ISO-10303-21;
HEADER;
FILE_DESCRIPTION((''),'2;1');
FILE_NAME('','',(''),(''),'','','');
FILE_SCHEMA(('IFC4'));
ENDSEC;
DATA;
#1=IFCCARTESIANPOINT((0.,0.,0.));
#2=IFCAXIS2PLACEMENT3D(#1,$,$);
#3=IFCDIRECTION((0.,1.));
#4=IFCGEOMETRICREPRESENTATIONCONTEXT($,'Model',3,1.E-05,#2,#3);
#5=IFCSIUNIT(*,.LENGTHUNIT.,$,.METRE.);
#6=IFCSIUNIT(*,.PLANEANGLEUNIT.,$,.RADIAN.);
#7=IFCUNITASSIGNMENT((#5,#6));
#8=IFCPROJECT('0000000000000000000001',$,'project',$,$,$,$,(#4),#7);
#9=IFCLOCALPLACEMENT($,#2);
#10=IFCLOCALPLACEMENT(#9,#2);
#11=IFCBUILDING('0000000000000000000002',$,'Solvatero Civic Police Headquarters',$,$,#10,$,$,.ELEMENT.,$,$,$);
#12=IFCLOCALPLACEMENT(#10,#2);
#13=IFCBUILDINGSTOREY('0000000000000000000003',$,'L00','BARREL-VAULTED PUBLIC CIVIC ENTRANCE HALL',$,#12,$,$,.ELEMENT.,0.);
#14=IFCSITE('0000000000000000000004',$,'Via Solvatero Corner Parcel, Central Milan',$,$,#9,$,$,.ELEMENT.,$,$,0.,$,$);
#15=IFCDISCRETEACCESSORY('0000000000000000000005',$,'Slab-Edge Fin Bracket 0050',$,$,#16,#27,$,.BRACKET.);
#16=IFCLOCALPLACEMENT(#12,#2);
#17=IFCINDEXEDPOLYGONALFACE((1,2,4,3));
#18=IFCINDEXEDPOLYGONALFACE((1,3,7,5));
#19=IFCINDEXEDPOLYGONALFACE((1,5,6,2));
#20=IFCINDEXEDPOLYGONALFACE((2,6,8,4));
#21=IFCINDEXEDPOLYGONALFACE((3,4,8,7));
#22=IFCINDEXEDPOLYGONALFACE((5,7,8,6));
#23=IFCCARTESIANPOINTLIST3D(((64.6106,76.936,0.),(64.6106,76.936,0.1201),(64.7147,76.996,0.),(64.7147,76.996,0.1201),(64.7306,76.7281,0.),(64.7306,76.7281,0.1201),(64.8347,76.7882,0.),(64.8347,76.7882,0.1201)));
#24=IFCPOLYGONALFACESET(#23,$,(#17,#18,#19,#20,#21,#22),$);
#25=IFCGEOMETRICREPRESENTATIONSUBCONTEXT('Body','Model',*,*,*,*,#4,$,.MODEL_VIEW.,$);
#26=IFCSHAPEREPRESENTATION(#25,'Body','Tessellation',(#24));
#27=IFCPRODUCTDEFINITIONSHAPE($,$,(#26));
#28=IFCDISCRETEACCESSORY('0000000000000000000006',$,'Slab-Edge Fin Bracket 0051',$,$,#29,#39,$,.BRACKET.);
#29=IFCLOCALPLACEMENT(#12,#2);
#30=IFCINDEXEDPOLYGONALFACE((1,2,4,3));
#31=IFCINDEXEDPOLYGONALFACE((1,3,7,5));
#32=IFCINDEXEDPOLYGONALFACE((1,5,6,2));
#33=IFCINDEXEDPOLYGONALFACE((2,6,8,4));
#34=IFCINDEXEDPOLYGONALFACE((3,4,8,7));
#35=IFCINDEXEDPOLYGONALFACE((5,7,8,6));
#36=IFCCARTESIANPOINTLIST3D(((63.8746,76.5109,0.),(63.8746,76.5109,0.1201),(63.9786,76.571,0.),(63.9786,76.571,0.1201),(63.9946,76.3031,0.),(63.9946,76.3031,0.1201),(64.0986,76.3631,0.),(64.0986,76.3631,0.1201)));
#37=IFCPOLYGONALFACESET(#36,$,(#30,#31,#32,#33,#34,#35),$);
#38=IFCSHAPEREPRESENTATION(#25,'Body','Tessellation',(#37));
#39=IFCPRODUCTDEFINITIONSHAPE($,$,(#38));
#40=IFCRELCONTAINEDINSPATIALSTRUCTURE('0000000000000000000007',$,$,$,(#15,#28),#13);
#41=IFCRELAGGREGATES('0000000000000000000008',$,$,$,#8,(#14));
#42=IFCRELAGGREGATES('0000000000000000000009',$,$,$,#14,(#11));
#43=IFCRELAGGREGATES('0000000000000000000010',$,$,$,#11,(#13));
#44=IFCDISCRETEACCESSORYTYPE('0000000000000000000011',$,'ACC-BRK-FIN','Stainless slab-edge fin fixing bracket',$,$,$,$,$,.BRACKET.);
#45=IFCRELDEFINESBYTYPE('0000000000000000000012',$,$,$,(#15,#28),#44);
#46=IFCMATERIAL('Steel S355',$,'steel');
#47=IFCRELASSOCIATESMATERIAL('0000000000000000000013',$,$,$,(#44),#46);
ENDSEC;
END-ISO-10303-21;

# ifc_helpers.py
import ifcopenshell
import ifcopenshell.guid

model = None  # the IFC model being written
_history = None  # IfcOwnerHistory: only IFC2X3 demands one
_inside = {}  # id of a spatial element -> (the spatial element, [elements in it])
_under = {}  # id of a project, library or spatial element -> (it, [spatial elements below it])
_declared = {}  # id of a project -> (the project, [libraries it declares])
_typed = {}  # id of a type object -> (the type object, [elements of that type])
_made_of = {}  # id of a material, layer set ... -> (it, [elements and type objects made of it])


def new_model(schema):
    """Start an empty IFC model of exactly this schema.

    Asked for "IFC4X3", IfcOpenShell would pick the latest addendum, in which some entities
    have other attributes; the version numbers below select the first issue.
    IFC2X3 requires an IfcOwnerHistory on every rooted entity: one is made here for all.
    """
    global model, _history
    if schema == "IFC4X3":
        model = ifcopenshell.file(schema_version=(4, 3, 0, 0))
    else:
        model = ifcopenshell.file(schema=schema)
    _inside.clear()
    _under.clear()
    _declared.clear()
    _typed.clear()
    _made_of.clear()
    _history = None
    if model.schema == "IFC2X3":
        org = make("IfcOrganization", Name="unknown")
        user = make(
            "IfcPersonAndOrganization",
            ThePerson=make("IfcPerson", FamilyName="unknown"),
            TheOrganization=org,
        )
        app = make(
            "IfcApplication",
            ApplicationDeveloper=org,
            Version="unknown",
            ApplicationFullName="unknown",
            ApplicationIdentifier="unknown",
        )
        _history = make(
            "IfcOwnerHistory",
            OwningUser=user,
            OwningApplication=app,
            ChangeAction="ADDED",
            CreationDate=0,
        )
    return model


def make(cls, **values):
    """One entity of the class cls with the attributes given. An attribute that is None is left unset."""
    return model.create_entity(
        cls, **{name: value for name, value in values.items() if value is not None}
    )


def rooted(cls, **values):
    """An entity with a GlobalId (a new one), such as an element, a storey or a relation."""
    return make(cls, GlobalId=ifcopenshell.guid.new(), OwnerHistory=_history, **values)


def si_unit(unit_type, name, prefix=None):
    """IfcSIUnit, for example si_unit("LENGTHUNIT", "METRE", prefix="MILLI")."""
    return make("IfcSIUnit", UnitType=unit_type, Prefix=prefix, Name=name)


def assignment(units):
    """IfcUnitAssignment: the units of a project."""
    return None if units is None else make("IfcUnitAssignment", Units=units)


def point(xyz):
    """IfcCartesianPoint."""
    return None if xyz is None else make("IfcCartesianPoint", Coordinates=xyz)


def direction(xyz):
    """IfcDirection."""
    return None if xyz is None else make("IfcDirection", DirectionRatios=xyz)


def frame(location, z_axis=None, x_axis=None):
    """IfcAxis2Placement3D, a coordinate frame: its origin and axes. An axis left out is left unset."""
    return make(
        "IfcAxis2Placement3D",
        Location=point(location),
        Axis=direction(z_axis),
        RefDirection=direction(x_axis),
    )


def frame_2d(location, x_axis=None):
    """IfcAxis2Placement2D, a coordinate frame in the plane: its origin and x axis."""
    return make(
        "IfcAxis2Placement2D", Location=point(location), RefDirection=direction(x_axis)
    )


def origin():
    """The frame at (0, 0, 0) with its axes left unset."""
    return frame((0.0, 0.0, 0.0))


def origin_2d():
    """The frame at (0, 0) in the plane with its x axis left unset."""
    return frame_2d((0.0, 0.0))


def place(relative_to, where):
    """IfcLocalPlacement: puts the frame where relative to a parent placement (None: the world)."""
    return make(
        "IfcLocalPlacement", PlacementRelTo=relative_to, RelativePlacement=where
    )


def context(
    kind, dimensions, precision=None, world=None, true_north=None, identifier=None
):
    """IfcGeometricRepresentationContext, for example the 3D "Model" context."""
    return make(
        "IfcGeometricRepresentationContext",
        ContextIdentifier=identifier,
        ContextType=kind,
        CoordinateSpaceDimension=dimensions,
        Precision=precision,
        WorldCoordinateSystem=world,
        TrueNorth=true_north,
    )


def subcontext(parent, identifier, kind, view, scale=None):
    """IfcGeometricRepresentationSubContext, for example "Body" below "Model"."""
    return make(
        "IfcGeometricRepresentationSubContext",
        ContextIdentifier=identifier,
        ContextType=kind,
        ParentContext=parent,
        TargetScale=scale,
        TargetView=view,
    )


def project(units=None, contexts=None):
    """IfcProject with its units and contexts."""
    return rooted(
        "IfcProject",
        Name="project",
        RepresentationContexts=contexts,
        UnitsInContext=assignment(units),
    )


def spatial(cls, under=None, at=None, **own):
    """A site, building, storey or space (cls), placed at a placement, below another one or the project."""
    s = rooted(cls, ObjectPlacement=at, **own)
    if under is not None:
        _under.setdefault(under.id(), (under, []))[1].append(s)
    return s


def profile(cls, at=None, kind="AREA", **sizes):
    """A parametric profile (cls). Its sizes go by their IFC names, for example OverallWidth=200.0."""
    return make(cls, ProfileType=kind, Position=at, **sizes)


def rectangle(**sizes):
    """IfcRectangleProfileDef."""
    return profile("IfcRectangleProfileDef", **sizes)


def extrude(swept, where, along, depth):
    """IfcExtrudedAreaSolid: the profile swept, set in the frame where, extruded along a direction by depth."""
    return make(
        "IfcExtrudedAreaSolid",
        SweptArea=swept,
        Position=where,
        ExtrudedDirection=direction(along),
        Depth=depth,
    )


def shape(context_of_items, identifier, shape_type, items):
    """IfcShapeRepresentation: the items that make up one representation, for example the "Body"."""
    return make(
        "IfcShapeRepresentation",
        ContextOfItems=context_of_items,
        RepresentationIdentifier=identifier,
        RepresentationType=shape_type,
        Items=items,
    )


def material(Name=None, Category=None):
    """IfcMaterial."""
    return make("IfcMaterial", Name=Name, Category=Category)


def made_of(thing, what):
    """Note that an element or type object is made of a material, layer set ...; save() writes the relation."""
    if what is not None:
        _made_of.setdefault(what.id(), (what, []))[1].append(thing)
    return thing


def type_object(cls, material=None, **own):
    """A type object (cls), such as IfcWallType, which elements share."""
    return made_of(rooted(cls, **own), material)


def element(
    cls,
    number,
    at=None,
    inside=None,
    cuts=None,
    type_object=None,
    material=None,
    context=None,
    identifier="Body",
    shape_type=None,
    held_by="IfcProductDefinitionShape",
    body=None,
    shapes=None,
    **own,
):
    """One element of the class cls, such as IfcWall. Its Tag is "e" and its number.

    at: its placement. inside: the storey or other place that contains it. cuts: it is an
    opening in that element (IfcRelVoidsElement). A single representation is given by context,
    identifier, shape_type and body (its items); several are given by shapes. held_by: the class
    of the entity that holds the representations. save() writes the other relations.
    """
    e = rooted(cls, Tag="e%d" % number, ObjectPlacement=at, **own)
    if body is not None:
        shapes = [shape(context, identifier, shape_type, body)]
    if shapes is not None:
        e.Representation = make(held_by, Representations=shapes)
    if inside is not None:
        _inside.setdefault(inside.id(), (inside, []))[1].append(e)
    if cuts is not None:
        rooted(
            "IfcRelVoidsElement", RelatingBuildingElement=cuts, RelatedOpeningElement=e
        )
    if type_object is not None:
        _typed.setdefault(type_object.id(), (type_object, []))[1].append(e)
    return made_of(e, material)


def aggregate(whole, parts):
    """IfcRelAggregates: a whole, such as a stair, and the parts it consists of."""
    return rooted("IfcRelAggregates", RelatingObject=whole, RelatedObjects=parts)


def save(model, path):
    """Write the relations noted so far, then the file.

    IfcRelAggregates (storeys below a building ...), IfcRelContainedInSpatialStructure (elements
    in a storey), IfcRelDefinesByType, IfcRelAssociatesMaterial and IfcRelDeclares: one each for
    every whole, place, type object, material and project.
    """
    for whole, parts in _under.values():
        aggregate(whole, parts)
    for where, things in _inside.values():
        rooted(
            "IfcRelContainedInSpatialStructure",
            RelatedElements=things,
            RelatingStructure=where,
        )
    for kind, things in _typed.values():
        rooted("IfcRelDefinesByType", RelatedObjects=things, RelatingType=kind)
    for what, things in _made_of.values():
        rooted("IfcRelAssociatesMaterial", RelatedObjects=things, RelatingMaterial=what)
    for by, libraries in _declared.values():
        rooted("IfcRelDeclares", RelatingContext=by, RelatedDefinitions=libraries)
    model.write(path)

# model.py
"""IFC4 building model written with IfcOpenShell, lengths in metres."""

from ifc_helpers import new_model, si_unit, direction, frame, origin, origin_2d, place, context, subcontext, project, spatial, rectangle, extrude, material, type_object, element, save


model = new_model("IFC4")

# Units and contexts
model_context = context("Model", 3, precision=1e-05, world=origin(), true_north=direction((0.0, 1.0)))
body_context = subcontext(model_context, "Body", "Model", "MODEL_VIEW")
ifc_project = project(units=[si_unit("LENGTHUNIT", "METRE"), si_unit("PLANEANGLEUNIT", "RADIAN")], contexts=[model_context])

# Site, building, storey
site_placement = place(None, origin())
site = spatial("IfcSite", under=ifc_project, at=site_placement, Name="Via Solvatero Corner Parcel, Central Milan", CompositionType="ELEMENT", RefElevation=0.0)
building_placement = place(site_placement, origin())
building = spatial("IfcBuilding", under=site, at=building_placement, Name="Solvatero Civic Police Headquarters", CompositionType="ELEMENT")
storey_placement = place(building_placement, origin())
storey = spatial("IfcBuildingStorey", under=building, at=storey_placement, Name="L00", Description="BARREL-VAULTED PUBLIC CIVIC ENTRANCE HALL", CompositionType="ELEMENT", Elevation=0.0)

# Shared definitions
ifc_material_1 = material(Name="Steel S355", Category="steel")

# Discrete accessories
discrete_accessory_type = type_object("IfcDiscreteAccessoryType", Name="ACC-BRK-FIN", Description="Stainless slab-edge fin fixing bracket", PredefinedType="BRACKET", material=ifc_material_1)
for number, where, z_axis, x_axis, name in (
    (1, (64.7227, 76.8621, 0.0), (0.0, 0.0, 1.0), (-0.866034, -0.499985, 0.0), "Slab-Edge Fin Bracket 0050"),
    (2, (63.9866, 76.437, 0.0), (0.0, 0.0, 1.0), (-0.866034, -0.499985, 0.0), "Slab-Edge Fin Bracket 0051"),
):
    element("IfcDiscreteAccessory", number, at=place(storey_placement, frame(where, z_axis=z_axis, x_axis=x_axis)), inside=storey, type_object=discrete_accessory_type, Name=name, PredefinedType="BRACKET", context=body_context, shape_type="SweptSolid", body=[
        extrude(rectangle(XDim=0.1201, YDim=0.24, at=origin_2d()), origin(), (0.0, 0.0, 1.0), 0.1201),
    ])

save(model, "model.ifc")
